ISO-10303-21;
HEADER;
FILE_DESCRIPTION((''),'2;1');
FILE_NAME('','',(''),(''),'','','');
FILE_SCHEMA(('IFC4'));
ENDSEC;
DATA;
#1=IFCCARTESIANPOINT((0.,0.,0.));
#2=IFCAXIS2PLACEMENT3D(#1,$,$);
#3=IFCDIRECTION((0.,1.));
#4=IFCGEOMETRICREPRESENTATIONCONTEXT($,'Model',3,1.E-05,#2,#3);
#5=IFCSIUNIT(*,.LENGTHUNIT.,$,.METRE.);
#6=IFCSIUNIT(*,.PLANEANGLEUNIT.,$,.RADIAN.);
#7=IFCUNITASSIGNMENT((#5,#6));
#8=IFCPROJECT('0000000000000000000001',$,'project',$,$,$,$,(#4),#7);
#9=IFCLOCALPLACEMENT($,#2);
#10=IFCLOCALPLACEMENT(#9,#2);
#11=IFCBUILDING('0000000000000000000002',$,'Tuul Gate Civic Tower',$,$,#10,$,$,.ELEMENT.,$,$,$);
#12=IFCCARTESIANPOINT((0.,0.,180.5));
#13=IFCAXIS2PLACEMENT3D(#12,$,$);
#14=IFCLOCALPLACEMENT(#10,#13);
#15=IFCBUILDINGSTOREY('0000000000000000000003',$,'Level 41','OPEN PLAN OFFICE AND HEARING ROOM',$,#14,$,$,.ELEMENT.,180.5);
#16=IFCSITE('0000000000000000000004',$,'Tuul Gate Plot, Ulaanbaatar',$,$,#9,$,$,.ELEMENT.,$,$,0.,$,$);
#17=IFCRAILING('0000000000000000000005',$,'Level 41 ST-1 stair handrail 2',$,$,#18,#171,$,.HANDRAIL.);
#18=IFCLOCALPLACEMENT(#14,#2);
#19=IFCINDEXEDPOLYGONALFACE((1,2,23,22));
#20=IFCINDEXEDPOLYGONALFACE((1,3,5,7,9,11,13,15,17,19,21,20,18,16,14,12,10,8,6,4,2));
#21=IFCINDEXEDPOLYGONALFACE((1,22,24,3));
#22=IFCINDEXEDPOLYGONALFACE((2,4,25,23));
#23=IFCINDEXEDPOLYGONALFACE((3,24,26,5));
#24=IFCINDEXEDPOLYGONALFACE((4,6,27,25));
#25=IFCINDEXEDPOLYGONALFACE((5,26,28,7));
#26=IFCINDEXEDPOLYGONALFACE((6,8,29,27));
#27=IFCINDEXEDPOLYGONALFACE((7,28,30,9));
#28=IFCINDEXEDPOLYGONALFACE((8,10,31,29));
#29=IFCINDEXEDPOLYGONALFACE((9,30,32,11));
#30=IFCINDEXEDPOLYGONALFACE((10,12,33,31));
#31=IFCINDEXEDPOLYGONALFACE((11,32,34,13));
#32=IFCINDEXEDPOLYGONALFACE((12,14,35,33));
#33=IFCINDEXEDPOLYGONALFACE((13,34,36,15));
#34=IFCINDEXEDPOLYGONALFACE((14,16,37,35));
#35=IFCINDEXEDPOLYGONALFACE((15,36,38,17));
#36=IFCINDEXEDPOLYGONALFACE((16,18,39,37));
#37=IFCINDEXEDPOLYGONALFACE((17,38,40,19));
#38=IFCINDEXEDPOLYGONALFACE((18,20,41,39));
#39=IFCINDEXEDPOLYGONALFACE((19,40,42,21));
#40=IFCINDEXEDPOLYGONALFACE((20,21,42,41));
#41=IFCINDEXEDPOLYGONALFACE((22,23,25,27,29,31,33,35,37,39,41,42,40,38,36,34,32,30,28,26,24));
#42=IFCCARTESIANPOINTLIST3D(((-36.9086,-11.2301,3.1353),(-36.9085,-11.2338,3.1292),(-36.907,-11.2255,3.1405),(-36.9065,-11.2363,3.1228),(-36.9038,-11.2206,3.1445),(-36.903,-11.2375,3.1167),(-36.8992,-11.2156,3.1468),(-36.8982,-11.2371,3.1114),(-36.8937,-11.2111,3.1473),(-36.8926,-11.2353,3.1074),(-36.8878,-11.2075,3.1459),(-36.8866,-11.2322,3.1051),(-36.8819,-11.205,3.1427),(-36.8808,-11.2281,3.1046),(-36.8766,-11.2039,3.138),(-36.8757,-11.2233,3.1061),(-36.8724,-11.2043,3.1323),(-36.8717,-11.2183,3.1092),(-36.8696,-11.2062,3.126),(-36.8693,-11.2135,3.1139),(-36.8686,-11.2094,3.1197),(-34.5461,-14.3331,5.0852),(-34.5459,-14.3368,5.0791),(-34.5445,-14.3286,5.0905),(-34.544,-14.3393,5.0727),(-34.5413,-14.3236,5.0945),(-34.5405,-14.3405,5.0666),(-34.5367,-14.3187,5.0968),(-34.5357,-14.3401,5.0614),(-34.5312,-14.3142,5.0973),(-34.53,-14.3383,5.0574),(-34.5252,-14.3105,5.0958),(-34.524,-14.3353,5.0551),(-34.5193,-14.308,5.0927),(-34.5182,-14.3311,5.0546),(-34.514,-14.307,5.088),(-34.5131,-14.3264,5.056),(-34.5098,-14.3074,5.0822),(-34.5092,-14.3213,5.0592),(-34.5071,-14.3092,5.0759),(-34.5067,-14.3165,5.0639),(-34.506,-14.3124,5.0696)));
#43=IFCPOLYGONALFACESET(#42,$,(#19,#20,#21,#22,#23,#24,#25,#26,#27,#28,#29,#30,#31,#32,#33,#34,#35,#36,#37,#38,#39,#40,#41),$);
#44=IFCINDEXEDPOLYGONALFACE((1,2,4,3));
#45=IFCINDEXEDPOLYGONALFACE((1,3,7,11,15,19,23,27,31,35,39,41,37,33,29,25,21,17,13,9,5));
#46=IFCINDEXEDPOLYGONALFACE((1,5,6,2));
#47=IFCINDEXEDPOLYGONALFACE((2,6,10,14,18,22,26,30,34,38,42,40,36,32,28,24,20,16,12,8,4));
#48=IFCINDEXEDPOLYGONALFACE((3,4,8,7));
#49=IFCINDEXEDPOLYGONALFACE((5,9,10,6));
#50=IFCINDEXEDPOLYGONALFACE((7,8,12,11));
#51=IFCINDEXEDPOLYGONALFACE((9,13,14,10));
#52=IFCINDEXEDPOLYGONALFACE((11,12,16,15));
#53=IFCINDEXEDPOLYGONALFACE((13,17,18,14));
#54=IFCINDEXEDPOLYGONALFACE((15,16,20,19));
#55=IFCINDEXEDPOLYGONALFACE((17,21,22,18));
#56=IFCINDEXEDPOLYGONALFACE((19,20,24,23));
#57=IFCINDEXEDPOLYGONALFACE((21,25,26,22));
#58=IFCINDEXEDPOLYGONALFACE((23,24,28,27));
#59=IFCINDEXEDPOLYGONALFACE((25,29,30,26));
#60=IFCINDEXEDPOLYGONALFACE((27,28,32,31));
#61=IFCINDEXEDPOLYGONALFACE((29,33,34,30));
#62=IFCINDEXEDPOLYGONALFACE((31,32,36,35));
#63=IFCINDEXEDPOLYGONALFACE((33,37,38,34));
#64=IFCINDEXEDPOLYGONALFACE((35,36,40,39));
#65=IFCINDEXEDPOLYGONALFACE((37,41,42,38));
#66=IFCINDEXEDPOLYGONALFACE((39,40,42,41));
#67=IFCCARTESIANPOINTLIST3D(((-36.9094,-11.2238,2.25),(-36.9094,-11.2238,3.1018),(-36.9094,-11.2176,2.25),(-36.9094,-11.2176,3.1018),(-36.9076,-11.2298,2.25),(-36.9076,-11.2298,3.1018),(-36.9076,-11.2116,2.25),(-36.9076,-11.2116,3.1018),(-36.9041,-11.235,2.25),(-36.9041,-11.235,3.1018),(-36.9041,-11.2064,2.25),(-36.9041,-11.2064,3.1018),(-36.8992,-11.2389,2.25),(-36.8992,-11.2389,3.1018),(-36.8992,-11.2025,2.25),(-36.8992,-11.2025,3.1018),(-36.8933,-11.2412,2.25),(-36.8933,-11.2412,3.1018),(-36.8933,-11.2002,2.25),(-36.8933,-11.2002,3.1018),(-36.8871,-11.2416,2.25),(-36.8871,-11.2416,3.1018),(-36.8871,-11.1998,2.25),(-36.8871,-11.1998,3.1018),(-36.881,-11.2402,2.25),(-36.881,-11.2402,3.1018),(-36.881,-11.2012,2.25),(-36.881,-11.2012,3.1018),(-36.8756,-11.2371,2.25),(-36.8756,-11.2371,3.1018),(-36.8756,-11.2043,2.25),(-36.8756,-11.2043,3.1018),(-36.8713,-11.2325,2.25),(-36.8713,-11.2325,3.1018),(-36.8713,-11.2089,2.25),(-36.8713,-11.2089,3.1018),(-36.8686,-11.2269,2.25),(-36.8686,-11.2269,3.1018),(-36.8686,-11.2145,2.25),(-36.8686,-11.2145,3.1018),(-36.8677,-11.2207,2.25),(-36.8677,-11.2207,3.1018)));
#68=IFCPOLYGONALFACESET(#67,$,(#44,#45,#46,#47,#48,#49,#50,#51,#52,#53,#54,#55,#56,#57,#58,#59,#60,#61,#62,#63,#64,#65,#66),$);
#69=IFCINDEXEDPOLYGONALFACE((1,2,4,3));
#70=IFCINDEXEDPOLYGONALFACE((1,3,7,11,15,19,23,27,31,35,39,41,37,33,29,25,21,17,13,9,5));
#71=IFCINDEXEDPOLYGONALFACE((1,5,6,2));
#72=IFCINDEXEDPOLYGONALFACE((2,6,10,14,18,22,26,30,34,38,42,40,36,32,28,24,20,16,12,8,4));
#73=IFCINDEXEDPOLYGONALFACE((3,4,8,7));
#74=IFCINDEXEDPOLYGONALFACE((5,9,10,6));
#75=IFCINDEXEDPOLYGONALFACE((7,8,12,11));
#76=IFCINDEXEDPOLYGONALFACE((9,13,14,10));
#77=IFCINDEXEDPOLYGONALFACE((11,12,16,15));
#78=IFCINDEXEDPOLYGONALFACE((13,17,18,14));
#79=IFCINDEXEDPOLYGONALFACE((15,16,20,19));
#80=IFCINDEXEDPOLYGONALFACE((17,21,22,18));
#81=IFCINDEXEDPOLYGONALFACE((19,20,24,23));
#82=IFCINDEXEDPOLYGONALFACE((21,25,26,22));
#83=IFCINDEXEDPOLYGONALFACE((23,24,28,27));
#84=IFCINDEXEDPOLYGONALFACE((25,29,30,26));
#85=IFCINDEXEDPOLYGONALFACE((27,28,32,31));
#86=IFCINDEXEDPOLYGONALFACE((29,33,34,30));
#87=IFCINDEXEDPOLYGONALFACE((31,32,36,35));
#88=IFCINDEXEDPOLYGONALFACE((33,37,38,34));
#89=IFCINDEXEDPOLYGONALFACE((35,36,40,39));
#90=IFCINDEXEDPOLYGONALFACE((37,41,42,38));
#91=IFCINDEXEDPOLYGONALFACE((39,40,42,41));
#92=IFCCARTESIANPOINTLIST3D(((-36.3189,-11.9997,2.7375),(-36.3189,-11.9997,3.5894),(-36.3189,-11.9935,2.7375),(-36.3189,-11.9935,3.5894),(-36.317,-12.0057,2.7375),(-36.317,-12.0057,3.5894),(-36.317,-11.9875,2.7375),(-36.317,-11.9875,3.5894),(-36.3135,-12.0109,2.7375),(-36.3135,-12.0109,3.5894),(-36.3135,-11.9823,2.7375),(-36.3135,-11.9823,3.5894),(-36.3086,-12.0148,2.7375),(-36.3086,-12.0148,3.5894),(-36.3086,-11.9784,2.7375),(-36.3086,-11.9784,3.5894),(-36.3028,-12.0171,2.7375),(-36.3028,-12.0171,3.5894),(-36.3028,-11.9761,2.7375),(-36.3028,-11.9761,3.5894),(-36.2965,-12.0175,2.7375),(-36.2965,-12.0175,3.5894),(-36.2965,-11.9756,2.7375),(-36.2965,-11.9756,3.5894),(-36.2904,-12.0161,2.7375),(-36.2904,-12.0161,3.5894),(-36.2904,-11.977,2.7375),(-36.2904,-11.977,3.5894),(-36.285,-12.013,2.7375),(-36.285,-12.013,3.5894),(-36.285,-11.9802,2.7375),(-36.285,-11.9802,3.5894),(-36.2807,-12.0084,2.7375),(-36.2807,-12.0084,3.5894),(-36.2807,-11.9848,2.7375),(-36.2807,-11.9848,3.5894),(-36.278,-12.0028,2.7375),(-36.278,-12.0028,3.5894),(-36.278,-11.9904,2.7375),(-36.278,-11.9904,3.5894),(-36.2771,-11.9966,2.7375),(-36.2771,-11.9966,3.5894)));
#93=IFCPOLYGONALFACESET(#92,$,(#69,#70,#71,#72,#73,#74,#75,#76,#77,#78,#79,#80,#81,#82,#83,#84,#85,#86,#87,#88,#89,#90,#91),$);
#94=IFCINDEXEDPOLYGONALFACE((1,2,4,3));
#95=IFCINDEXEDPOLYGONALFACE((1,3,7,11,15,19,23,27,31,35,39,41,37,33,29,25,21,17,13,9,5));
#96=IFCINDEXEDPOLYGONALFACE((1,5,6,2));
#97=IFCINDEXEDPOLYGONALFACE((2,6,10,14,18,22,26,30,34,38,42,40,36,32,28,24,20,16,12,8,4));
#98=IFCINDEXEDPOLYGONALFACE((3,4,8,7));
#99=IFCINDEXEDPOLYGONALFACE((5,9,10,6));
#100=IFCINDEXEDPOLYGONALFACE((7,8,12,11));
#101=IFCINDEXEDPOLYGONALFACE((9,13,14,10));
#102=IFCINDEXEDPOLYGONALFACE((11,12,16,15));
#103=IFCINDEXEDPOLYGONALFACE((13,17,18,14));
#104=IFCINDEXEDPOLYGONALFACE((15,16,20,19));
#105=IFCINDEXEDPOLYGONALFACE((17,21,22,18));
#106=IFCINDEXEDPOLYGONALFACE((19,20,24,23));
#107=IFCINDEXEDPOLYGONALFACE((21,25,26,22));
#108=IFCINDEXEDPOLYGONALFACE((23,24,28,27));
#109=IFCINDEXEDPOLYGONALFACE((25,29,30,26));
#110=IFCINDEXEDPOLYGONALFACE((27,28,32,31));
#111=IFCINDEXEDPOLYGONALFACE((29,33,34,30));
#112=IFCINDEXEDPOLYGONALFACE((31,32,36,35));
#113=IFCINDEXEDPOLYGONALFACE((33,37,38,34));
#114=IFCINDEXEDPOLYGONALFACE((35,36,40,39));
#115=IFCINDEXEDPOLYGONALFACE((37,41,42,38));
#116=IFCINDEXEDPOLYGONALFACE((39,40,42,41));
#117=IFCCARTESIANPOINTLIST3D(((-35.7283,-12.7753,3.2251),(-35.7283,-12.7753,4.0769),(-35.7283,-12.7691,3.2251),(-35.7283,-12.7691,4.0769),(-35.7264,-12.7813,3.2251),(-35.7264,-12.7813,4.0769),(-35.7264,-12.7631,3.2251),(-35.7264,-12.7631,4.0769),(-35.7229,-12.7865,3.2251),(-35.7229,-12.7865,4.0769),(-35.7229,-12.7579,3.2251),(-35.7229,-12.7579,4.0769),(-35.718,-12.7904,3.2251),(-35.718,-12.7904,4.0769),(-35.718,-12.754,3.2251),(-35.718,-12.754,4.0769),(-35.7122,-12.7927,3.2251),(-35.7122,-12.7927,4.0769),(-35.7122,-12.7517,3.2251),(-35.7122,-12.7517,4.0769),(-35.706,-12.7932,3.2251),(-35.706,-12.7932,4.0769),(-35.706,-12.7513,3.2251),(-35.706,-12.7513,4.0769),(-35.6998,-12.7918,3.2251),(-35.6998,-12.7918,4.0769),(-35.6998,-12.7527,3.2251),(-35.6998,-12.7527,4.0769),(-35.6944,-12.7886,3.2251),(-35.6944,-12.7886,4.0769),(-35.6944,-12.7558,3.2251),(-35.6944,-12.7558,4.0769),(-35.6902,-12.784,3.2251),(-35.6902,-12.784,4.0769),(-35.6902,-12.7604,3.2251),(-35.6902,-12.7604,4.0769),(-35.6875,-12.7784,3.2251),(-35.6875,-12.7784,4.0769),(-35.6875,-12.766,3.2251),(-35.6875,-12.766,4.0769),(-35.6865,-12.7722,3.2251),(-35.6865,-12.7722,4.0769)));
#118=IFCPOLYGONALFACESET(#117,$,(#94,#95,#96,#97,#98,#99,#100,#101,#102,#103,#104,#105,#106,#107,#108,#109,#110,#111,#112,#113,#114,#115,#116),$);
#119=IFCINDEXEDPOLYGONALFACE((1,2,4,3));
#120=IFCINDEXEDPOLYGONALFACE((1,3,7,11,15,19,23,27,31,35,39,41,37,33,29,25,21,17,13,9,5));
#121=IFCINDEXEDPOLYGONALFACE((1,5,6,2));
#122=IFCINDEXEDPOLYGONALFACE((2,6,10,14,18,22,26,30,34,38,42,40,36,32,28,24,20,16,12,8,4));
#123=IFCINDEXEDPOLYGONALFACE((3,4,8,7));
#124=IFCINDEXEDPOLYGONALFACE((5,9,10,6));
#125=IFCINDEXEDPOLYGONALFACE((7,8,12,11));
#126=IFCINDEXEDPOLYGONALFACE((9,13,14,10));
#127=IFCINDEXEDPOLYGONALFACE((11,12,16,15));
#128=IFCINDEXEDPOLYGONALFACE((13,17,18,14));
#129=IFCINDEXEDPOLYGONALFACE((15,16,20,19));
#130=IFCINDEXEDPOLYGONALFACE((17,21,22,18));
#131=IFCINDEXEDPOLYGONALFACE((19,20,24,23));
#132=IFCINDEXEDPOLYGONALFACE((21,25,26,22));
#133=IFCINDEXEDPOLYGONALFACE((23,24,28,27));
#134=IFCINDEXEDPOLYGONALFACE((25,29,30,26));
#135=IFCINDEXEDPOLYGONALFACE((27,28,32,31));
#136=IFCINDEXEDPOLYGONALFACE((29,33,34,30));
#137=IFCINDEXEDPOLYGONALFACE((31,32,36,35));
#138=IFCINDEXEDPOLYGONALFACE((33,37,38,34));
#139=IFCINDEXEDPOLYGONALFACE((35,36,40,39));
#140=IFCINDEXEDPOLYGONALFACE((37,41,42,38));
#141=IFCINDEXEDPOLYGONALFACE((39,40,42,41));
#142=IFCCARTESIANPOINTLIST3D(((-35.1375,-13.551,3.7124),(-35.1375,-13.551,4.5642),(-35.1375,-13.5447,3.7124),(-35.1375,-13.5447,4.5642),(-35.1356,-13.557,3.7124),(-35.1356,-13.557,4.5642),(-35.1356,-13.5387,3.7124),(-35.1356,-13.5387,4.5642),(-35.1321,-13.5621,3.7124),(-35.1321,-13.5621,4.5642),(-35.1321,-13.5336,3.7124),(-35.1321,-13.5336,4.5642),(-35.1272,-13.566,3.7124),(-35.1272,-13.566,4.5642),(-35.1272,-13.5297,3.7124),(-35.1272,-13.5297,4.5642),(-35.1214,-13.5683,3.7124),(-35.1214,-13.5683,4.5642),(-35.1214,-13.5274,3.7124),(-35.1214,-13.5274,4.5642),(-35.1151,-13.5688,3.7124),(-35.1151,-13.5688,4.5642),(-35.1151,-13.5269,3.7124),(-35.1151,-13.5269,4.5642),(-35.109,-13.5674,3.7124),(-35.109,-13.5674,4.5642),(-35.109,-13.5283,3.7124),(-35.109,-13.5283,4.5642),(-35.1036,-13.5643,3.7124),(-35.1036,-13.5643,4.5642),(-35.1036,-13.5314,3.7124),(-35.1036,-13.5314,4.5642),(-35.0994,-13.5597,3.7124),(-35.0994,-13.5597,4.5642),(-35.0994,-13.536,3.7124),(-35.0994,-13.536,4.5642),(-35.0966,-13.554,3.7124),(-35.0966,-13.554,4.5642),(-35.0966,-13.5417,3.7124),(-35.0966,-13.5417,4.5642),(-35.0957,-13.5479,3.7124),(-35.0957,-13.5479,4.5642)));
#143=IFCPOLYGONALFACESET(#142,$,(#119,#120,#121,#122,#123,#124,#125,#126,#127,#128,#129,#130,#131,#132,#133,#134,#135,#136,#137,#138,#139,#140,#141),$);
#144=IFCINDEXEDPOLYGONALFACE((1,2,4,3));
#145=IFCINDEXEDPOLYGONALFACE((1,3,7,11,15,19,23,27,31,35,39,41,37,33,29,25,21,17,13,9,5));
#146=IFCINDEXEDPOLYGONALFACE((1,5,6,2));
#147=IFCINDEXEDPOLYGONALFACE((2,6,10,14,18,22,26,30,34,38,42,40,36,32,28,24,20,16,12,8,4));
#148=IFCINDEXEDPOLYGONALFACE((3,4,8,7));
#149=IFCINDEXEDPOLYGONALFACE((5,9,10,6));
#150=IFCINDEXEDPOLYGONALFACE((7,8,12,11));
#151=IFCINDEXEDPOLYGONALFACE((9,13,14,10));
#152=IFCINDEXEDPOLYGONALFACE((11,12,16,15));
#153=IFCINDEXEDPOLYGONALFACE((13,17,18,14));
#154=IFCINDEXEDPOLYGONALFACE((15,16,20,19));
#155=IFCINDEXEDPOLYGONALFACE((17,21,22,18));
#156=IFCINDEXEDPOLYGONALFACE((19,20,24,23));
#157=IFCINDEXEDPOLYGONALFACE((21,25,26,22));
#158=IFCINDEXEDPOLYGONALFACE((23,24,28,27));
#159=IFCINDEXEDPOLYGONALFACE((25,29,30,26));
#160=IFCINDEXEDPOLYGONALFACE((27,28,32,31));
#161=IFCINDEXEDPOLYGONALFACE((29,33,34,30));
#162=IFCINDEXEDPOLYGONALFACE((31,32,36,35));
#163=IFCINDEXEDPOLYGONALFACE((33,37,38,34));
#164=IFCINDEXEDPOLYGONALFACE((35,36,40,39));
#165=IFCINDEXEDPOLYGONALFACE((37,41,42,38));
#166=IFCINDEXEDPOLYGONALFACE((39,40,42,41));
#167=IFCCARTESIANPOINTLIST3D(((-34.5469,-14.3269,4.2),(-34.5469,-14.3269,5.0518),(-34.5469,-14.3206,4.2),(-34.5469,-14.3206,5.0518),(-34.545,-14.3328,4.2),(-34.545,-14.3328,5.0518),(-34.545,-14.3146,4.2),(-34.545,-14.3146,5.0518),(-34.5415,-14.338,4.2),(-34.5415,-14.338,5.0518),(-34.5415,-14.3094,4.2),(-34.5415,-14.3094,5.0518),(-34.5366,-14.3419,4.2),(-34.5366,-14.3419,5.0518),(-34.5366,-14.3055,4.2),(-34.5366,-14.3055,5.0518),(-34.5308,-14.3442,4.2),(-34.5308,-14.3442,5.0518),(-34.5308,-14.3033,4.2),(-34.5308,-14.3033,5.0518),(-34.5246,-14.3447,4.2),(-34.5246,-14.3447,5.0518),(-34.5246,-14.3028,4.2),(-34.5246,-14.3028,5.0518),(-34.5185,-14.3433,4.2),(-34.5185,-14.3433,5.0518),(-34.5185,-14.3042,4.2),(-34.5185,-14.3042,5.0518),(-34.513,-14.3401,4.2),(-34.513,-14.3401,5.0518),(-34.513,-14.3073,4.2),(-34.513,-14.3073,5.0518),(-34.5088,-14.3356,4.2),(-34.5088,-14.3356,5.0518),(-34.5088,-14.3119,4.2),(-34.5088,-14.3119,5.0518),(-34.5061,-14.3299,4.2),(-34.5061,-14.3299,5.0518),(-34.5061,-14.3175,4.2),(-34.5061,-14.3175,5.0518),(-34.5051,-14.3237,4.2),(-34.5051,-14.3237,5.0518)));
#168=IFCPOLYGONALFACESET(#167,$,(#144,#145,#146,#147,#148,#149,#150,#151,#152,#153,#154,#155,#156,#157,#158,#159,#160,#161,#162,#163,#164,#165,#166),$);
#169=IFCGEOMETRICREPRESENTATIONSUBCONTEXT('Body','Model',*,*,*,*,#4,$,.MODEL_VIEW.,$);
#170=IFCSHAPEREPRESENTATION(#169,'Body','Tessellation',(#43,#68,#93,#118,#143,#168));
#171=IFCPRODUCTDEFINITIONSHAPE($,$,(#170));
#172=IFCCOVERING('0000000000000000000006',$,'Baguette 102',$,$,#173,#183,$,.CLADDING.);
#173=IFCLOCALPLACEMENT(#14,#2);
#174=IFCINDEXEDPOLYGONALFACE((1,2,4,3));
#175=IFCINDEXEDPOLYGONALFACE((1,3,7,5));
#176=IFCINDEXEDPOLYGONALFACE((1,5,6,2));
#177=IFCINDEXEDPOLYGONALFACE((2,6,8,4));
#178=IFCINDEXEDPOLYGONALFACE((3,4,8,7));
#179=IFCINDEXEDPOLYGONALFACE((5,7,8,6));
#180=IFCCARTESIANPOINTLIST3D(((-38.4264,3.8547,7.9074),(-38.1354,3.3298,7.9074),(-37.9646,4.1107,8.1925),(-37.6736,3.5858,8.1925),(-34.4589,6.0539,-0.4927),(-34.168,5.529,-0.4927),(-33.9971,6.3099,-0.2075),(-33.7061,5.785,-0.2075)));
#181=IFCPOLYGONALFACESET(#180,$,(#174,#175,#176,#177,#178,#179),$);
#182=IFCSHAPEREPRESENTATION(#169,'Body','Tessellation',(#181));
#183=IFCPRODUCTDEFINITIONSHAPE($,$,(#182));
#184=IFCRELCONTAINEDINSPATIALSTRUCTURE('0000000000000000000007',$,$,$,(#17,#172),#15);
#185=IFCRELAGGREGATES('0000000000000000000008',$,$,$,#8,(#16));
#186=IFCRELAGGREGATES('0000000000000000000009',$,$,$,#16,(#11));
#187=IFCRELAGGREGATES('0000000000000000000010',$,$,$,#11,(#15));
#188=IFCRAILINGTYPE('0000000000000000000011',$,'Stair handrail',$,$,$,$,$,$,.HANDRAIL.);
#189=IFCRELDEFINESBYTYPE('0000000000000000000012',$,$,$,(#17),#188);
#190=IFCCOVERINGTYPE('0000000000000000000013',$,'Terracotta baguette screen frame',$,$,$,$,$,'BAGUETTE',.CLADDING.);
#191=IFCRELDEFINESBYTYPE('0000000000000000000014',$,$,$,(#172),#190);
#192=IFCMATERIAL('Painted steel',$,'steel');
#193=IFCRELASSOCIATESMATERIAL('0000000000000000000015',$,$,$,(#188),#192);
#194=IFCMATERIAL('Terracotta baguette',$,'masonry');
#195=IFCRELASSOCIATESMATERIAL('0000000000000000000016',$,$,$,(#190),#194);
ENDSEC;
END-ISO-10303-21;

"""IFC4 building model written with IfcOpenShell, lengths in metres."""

from ifc_helpers import new_model, si_unit, direction, frame, origin, origin_2d, place, context, subcontext, project, spatial, rectangle, circle, extrude, material, material_profile, profile_set, type_object, element, save


model = new_model("IFC4")

# Units and contexts
model_context = context("Model", 3, precision=1e-05, world=origin(), true_north=direction((0.0, 1.0)))
body_context = subcontext(model_context, "Body", "Model", "MODEL_VIEW")
ifc_project = project(units=[si_unit("LENGTHUNIT", "METRE"), si_unit("PLANEANGLEUNIT", "RADIAN")], contexts=[model_context])

# Site, building, storey
site_placement = place(None, origin())
site = spatial("IfcSite", under=ifc_project, at=site_placement, Name="Tuul Gate Plot, Ulaanbaatar", CompositionType="ELEMENT", RefElevation=0.0)
building_placement = place(site_placement, origin())
building = spatial("IfcBuilding", under=site, at=building_placement, Name="Tuul Gate Civic Tower", CompositionType="ELEMENT")
storey_placement = place(building_placement, frame((0.0, 0.0, 180.5)))
storey = spatial("IfcBuildingStorey", under=building, at=storey_placement, Name="Level 41", Description="OPEN PLAN OFFICE AND HEARING ROOM", CompositionType="ELEMENT", Elevation=180.5)

# Railing
ifc_material_1 = material(Name="Painted steel", Category="steel")
railing_type_1 = type_object("IfcRailingType", Name="Stair handrail", PredefinedType="HANDRAIL", material=ifc_material_1)
railing_1_placement = place(storey_placement, frame((-36.8887, -11.2207, 2.25)))
element("IfcRailing", 1, at=railing_1_placement, inside=storey, type_object=railing_type_1, Name="Level 41 ST-1 stair handrail 2", PredefinedType="HANDRAIL", context=body_context, shape_type="SweptSolid", body=[
    extrude(circle(Radius=0.0239, at=origin_2d()), frame((0.0, 0.0, 0.876), z_axis=(0.541824, -0.711645, 0.4472), x_axis=(0.795637, 0.605773, 0.0)), (0.0, 0.0, 1.0), 4.3604),
    extrude(circle(Radius=0.021, at=origin_2d()), origin(), (0.0, 0.0, 1.0), 0.8518),
    extrude(circle(Radius=0.021, at=origin_2d()), frame((0.5906, -0.7759, 0.4875)), (0.0, 0.0, 1.0), 0.8518),
    extrude(circle(Radius=0.021, at=origin_2d()), frame((1.1812, -1.5515, 0.9751)), (0.0, 0.0, 1.0), 0.8518),
    extrude(circle(Radius=0.021, at=origin_2d()), frame((1.772, -2.3271, 1.4624)), (0.0, 0.0, 1.0), 0.8518),
    extrude(circle(Radius=0.021, at=origin_2d()), frame((2.3625, -3.103, 1.95)), (0.0, 0.0, 1.0), 0.8518),
])

# Covering
ifc_material_2 = material(Name="Terracotta baguette", Category="masonry")
ifc_material_profile_1 = material_profile(ifc_material_2, rectangle(XDim=0.6001, YDim=0.6001, at=origin_2d()), Name="Terracotta baguette screen frame")
ifc_profile_set_1 = profile_set([ifc_material_profile_1], Name="Terracotta baguette")
covering_type = type_object("IfcCoveringType", Name="Terracotta baguette screen frame", ElementType="BAGUETTE", PredefinedType="CLADDING", material=ifc_profile_set_1)
covering_placement = place(storey_placement, frame((-34.0825, 5.9194, -0.3501), z_axis=(-0.41559, -0.230363, 0.879897), x_axis=(0.484806, -0.874621, 0.0)))
element("IfcCovering", 2, at=covering_placement, inside=storey, type_object=covering_type, Name="Baguette 102", PredefinedType="CLADDING", context=body_context, shape_type="SweptSolid", body=[
    extrude(rectangle(XDim=0.6001, YDim=0.6001, at=origin_2d()), origin(), (0.0, 0.0, 1.0), 9.5466),
])

save(model, "model.ifc")
